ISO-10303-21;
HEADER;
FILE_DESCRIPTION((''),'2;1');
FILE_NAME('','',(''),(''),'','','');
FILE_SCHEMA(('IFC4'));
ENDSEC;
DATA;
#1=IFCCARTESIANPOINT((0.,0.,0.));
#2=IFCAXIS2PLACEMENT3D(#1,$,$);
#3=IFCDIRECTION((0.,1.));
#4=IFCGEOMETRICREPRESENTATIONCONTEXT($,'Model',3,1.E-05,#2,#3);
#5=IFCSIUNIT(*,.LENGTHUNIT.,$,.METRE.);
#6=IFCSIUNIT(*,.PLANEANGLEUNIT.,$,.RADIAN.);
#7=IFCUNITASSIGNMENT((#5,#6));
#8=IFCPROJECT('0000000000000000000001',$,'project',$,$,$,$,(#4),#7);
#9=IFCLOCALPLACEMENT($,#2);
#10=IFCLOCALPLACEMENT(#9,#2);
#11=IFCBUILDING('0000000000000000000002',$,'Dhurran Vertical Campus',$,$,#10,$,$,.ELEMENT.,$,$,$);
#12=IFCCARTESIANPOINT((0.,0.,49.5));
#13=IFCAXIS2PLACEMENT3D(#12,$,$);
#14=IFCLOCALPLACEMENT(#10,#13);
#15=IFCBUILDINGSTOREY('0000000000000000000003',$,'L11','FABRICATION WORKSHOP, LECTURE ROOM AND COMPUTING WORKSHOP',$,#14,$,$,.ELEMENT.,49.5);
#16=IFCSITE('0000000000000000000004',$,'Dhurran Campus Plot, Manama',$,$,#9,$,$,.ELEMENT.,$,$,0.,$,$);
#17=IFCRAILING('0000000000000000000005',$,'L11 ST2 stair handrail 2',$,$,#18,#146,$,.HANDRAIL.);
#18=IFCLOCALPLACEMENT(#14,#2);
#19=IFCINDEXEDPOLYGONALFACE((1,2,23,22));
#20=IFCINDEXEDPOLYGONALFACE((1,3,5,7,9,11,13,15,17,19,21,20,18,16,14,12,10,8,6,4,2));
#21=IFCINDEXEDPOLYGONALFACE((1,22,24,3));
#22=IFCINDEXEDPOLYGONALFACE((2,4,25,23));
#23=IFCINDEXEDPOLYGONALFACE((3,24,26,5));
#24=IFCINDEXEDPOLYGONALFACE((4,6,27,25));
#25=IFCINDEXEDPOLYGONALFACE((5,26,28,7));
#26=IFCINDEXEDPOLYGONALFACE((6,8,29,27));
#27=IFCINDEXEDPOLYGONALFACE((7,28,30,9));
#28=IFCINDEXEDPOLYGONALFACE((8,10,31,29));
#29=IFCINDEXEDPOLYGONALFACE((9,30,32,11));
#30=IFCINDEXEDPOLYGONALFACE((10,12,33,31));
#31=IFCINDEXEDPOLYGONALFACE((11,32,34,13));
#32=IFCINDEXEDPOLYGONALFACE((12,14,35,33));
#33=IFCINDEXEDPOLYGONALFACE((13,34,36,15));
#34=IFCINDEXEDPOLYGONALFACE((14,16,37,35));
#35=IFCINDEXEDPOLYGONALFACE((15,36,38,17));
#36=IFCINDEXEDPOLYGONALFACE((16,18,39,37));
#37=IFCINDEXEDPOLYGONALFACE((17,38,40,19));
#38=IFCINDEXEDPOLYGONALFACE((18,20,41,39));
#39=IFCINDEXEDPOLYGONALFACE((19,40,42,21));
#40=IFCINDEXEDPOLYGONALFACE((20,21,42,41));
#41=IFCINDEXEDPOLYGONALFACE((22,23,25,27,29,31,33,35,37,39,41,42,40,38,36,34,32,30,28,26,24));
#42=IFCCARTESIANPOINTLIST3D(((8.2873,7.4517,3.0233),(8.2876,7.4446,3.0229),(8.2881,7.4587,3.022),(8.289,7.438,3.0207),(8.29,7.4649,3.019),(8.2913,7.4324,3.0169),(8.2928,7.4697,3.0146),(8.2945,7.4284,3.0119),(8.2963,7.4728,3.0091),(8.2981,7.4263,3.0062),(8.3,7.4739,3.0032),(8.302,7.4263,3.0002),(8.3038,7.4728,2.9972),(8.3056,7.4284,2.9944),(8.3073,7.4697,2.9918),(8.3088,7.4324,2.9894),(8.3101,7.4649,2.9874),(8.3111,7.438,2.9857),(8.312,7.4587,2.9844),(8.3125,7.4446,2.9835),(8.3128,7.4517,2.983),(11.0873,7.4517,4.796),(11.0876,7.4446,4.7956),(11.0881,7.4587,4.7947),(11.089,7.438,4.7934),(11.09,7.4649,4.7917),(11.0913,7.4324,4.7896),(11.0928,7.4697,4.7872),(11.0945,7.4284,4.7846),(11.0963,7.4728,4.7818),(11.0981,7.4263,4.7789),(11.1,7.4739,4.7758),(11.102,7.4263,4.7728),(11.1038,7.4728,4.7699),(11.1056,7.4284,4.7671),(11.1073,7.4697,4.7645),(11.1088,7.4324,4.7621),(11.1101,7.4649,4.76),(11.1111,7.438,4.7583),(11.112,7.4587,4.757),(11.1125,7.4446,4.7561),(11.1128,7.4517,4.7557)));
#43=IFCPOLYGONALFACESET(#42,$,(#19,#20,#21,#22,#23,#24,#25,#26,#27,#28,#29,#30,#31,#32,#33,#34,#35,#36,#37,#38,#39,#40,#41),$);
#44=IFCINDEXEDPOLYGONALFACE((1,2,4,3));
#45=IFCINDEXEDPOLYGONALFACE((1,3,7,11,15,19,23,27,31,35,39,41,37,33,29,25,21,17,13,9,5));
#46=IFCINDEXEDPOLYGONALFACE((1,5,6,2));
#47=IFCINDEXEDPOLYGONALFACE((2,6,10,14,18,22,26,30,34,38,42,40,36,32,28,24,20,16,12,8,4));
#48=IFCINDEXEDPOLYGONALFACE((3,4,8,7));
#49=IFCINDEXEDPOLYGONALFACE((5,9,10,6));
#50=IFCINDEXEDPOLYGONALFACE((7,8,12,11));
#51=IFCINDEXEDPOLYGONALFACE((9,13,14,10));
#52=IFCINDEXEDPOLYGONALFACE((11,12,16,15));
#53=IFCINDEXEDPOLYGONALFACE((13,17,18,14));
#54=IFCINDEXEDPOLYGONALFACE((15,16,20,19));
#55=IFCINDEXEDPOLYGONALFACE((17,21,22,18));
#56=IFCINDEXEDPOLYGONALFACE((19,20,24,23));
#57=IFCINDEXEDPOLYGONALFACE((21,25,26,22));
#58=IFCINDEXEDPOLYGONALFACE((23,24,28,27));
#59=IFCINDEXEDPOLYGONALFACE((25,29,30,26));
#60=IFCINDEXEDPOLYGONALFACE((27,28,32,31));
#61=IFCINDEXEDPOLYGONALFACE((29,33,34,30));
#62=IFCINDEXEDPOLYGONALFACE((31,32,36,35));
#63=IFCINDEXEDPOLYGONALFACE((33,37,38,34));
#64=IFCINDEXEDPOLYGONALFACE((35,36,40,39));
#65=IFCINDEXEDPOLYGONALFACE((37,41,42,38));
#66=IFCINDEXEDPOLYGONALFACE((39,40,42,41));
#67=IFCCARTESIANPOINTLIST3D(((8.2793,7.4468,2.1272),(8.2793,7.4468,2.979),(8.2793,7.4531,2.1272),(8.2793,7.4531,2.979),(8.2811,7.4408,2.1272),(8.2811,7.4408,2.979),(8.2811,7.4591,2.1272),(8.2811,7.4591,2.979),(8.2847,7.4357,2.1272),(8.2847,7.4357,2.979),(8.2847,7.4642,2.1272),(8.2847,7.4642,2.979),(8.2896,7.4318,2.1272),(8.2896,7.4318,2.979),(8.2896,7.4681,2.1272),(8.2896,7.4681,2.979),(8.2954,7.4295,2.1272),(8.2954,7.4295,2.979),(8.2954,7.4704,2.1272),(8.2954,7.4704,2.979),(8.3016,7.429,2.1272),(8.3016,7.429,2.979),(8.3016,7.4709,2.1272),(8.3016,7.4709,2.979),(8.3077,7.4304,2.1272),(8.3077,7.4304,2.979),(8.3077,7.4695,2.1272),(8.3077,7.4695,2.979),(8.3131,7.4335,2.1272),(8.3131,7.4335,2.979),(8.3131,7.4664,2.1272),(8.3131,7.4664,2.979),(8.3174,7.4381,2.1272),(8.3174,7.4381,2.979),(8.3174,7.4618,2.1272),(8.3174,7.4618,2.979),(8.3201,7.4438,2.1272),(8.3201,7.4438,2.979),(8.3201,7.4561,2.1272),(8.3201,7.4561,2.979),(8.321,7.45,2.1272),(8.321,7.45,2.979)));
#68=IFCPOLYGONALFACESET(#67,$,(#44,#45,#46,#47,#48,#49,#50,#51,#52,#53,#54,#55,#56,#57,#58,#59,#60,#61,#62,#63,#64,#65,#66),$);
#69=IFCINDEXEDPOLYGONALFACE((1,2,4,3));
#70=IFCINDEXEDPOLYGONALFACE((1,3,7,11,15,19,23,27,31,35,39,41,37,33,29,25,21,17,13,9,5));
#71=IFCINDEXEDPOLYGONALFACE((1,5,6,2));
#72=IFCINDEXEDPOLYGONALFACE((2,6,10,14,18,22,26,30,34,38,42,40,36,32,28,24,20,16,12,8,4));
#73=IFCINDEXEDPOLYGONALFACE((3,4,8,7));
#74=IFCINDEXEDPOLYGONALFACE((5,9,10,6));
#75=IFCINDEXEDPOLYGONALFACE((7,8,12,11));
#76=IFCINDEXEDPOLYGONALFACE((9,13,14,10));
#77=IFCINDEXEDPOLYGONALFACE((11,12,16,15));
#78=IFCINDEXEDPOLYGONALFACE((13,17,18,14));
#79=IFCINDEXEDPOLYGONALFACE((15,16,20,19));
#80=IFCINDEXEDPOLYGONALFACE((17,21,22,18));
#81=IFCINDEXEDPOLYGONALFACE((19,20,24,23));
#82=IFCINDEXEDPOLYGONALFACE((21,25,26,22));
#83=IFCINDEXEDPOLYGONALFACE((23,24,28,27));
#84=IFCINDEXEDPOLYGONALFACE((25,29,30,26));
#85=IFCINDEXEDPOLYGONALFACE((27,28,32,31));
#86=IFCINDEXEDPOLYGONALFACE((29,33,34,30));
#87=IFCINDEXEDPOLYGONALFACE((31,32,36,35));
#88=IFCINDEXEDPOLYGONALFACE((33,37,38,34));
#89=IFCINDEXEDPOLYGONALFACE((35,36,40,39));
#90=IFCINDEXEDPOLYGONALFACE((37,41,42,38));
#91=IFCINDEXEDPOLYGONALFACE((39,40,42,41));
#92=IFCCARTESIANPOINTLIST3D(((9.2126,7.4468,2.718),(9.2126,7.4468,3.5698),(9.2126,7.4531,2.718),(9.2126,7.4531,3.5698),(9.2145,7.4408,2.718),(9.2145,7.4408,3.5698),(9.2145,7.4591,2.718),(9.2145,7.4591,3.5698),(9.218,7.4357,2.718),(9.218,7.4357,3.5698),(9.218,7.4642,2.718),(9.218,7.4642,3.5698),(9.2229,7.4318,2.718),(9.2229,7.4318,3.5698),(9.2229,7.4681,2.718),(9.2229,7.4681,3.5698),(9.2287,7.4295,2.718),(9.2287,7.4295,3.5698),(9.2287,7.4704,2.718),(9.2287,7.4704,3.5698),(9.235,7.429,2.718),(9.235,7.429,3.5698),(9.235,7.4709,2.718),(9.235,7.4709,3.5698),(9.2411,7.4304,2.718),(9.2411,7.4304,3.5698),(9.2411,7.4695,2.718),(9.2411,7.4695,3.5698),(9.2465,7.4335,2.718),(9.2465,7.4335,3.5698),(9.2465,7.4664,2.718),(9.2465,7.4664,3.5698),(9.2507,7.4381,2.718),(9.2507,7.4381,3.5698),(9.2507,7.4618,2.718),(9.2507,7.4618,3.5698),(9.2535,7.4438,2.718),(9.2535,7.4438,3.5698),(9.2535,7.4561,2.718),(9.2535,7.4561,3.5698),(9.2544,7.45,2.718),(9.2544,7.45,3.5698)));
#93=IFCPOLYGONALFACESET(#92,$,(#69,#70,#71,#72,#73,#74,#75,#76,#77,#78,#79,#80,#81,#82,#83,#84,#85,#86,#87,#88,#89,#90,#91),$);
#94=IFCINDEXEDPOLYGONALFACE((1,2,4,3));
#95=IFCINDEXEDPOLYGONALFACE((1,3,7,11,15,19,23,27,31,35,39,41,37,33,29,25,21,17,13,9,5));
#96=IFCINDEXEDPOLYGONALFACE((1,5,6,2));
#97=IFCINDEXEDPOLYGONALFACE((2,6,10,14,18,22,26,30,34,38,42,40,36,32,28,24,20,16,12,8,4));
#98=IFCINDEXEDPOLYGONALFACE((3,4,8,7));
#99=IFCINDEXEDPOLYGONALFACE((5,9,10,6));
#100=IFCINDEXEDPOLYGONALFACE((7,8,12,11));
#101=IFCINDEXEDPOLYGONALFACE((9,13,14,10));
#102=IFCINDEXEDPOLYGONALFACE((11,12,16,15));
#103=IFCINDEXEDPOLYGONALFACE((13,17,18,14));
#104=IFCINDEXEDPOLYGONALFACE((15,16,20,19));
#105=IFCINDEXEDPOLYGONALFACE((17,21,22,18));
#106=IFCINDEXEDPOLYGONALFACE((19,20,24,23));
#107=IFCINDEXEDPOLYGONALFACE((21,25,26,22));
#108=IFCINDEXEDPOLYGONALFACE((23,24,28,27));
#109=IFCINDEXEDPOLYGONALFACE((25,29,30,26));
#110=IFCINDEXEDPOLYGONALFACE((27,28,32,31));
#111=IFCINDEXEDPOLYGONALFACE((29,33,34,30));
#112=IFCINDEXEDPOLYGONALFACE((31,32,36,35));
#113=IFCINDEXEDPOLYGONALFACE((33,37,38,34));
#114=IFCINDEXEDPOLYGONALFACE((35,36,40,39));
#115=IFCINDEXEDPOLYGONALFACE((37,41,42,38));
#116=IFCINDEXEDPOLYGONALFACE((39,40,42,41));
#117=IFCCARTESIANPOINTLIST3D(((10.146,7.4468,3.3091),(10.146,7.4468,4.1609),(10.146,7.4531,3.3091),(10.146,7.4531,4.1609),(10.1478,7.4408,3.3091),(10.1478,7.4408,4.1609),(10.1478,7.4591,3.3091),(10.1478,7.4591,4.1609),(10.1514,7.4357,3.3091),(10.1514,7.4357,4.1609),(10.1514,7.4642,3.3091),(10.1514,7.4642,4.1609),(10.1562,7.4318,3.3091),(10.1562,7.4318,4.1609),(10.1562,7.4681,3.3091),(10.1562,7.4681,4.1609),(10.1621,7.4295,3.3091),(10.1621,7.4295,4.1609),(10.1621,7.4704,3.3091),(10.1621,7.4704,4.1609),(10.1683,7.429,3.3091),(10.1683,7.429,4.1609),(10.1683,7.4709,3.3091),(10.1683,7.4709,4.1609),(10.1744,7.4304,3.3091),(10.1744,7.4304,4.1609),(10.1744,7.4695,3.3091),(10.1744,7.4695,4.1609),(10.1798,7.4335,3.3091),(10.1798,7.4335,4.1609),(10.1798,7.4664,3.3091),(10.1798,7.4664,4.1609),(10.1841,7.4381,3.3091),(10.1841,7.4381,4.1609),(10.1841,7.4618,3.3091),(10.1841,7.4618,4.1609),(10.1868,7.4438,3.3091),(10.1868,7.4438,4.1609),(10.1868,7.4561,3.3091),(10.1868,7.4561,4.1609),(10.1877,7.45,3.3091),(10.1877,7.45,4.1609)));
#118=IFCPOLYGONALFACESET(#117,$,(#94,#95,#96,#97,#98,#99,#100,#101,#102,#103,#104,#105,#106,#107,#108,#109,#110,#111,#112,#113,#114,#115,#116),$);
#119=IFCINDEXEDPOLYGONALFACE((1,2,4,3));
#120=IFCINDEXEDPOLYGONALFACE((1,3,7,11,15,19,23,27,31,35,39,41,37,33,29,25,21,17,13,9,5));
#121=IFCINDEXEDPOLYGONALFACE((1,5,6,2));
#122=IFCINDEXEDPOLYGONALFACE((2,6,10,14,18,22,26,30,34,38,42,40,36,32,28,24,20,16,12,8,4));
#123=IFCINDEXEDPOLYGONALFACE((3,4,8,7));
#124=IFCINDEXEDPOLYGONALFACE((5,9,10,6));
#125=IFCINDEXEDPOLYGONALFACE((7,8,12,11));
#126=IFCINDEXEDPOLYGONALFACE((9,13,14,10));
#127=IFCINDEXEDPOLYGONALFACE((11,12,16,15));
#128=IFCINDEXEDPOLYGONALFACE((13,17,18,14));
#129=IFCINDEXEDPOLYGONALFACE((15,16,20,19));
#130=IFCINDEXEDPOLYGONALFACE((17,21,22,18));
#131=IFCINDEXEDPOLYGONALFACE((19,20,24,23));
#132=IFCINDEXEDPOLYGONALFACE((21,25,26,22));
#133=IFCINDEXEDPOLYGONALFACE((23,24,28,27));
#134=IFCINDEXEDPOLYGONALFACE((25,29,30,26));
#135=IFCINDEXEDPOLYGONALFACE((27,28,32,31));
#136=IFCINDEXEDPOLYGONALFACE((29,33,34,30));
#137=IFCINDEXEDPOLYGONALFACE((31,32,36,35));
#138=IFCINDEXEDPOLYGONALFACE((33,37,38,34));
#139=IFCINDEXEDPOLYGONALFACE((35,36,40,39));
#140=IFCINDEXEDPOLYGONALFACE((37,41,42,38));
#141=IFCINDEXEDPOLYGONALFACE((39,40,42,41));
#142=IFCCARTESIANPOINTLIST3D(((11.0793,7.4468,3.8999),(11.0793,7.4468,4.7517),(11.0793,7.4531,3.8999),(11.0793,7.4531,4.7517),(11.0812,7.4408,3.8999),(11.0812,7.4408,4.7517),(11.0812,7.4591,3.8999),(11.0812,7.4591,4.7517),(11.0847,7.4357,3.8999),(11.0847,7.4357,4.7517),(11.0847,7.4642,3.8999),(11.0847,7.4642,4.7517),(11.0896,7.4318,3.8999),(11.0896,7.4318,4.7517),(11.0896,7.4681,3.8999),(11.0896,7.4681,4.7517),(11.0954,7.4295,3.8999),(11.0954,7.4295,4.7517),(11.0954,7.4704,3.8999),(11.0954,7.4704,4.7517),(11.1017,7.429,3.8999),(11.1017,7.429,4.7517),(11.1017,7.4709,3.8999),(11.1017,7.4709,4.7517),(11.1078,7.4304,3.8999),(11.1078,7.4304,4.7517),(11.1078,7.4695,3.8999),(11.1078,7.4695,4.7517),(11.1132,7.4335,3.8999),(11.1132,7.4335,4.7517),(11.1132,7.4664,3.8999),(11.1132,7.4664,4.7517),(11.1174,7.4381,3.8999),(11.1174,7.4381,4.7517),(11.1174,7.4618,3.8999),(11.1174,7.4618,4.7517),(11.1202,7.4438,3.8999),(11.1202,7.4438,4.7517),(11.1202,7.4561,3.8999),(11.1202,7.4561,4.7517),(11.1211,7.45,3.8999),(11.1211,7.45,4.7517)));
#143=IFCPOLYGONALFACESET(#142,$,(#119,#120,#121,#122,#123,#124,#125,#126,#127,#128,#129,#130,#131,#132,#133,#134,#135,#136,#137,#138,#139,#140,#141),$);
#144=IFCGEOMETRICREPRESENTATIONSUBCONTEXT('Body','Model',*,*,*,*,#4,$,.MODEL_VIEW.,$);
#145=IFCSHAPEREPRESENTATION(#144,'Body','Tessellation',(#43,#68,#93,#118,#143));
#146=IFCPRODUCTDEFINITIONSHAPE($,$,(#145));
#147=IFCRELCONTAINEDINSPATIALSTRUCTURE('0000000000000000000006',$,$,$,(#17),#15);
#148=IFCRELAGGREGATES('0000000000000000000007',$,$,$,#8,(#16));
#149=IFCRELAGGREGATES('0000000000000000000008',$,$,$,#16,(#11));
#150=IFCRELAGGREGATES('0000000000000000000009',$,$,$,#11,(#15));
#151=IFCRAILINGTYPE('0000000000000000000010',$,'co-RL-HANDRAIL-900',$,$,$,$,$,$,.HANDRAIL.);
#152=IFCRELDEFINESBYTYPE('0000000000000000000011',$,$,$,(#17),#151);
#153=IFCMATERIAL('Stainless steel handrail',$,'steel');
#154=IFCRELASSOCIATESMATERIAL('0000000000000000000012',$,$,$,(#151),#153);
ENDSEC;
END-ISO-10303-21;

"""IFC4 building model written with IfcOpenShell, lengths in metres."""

from ifc_helpers import new_model, si_unit, direction, frame, origin, origin_2d, place, context, subcontext, project, spatial, circle, extrude, material, type_object, element, save


model = new_model("IFC4")

# Units and contexts
model_context = context("Model", 3, precision=1e-05, world=origin(), true_north=direction((0.0, 1.0)))
body_context = subcontext(model_context, "Body", "Model", "MODEL_VIEW")
ifc_project = project(units=[si_unit("LENGTHUNIT", "METRE"), si_unit("PLANEANGLEUNIT", "RADIAN")], contexts=[model_context])

# Site, building, storey
site_placement = place(None, origin())
site = spatial("IfcSite", under=ifc_project, at=site_placement, Name="Dhurran Campus Plot, Manama", CompositionType="ELEMENT", RefElevation=0.0)
building_placement = place(site_placement, origin())
building = spatial("IfcBuilding", under=site, at=building_placement, Name="Dhurran Vertical Campus", CompositionType="ELEMENT")
storey_placement = place(building_placement, frame((0.0, 0.0, 49.5)))
storey = spatial("IfcBuildingStorey", under=building, at=storey_placement, Name="L11", Description="FABRICATION WORKSHOP, LECTURE ROOM AND COMPUTING WORKSHOP", CompositionType="ELEMENT", Elevation=49.5)

# Railing
ifc_material_1 = material(Name="Stainless steel handrail", Category="steel")
railing_type_1 = type_object("IfcRailingType", Name="co-RL-HANDRAIL-900", PredefinedType="HANDRAIL", material=ifc_material_1)
railing_1_placement = place(storey_placement, frame((8.3, 7.45, 2.1272)))
element("IfcRailing", 1, at=railing_1_placement, inside=storey, type_object=railing_type_1, Name="L11 ST2 stair handrail 2", PredefinedType="HANDRAIL", context=body_context, shape_type="SweptSolid", body=[
    extrude(circle(Radius=0.0239, at=origin_2d()), frame((0.0, 0.0, 0.876), z_axis=(0.844909, 0.0, 0.53491), x_axis=(0.0, 1.0, 0.0)), (0.0, 0.0, 1.0), 3.314),
    extrude(circle(Radius=0.021, at=origin_2d()), origin(), (0.0, 0.0, 1.0), 0.8518),
    extrude(circle(Radius=0.021, at=origin_2d()), frame((0.9333, 0.0, 0.5908)), (0.0, 0.0, 1.0), 0.8518),
    extrude(circle(Radius=0.021, at=origin_2d()), frame((1.8667, 0.0, 1.1819)), (0.0, 0.0, 1.0), 0.8518),
    extrude(circle(Radius=0.021, at=origin_2d()), frame((2.8, 0.0, 1.7727)), (0.0, 0.0, 1.0), 0.8518),
])

save(model, "model.ifc")
